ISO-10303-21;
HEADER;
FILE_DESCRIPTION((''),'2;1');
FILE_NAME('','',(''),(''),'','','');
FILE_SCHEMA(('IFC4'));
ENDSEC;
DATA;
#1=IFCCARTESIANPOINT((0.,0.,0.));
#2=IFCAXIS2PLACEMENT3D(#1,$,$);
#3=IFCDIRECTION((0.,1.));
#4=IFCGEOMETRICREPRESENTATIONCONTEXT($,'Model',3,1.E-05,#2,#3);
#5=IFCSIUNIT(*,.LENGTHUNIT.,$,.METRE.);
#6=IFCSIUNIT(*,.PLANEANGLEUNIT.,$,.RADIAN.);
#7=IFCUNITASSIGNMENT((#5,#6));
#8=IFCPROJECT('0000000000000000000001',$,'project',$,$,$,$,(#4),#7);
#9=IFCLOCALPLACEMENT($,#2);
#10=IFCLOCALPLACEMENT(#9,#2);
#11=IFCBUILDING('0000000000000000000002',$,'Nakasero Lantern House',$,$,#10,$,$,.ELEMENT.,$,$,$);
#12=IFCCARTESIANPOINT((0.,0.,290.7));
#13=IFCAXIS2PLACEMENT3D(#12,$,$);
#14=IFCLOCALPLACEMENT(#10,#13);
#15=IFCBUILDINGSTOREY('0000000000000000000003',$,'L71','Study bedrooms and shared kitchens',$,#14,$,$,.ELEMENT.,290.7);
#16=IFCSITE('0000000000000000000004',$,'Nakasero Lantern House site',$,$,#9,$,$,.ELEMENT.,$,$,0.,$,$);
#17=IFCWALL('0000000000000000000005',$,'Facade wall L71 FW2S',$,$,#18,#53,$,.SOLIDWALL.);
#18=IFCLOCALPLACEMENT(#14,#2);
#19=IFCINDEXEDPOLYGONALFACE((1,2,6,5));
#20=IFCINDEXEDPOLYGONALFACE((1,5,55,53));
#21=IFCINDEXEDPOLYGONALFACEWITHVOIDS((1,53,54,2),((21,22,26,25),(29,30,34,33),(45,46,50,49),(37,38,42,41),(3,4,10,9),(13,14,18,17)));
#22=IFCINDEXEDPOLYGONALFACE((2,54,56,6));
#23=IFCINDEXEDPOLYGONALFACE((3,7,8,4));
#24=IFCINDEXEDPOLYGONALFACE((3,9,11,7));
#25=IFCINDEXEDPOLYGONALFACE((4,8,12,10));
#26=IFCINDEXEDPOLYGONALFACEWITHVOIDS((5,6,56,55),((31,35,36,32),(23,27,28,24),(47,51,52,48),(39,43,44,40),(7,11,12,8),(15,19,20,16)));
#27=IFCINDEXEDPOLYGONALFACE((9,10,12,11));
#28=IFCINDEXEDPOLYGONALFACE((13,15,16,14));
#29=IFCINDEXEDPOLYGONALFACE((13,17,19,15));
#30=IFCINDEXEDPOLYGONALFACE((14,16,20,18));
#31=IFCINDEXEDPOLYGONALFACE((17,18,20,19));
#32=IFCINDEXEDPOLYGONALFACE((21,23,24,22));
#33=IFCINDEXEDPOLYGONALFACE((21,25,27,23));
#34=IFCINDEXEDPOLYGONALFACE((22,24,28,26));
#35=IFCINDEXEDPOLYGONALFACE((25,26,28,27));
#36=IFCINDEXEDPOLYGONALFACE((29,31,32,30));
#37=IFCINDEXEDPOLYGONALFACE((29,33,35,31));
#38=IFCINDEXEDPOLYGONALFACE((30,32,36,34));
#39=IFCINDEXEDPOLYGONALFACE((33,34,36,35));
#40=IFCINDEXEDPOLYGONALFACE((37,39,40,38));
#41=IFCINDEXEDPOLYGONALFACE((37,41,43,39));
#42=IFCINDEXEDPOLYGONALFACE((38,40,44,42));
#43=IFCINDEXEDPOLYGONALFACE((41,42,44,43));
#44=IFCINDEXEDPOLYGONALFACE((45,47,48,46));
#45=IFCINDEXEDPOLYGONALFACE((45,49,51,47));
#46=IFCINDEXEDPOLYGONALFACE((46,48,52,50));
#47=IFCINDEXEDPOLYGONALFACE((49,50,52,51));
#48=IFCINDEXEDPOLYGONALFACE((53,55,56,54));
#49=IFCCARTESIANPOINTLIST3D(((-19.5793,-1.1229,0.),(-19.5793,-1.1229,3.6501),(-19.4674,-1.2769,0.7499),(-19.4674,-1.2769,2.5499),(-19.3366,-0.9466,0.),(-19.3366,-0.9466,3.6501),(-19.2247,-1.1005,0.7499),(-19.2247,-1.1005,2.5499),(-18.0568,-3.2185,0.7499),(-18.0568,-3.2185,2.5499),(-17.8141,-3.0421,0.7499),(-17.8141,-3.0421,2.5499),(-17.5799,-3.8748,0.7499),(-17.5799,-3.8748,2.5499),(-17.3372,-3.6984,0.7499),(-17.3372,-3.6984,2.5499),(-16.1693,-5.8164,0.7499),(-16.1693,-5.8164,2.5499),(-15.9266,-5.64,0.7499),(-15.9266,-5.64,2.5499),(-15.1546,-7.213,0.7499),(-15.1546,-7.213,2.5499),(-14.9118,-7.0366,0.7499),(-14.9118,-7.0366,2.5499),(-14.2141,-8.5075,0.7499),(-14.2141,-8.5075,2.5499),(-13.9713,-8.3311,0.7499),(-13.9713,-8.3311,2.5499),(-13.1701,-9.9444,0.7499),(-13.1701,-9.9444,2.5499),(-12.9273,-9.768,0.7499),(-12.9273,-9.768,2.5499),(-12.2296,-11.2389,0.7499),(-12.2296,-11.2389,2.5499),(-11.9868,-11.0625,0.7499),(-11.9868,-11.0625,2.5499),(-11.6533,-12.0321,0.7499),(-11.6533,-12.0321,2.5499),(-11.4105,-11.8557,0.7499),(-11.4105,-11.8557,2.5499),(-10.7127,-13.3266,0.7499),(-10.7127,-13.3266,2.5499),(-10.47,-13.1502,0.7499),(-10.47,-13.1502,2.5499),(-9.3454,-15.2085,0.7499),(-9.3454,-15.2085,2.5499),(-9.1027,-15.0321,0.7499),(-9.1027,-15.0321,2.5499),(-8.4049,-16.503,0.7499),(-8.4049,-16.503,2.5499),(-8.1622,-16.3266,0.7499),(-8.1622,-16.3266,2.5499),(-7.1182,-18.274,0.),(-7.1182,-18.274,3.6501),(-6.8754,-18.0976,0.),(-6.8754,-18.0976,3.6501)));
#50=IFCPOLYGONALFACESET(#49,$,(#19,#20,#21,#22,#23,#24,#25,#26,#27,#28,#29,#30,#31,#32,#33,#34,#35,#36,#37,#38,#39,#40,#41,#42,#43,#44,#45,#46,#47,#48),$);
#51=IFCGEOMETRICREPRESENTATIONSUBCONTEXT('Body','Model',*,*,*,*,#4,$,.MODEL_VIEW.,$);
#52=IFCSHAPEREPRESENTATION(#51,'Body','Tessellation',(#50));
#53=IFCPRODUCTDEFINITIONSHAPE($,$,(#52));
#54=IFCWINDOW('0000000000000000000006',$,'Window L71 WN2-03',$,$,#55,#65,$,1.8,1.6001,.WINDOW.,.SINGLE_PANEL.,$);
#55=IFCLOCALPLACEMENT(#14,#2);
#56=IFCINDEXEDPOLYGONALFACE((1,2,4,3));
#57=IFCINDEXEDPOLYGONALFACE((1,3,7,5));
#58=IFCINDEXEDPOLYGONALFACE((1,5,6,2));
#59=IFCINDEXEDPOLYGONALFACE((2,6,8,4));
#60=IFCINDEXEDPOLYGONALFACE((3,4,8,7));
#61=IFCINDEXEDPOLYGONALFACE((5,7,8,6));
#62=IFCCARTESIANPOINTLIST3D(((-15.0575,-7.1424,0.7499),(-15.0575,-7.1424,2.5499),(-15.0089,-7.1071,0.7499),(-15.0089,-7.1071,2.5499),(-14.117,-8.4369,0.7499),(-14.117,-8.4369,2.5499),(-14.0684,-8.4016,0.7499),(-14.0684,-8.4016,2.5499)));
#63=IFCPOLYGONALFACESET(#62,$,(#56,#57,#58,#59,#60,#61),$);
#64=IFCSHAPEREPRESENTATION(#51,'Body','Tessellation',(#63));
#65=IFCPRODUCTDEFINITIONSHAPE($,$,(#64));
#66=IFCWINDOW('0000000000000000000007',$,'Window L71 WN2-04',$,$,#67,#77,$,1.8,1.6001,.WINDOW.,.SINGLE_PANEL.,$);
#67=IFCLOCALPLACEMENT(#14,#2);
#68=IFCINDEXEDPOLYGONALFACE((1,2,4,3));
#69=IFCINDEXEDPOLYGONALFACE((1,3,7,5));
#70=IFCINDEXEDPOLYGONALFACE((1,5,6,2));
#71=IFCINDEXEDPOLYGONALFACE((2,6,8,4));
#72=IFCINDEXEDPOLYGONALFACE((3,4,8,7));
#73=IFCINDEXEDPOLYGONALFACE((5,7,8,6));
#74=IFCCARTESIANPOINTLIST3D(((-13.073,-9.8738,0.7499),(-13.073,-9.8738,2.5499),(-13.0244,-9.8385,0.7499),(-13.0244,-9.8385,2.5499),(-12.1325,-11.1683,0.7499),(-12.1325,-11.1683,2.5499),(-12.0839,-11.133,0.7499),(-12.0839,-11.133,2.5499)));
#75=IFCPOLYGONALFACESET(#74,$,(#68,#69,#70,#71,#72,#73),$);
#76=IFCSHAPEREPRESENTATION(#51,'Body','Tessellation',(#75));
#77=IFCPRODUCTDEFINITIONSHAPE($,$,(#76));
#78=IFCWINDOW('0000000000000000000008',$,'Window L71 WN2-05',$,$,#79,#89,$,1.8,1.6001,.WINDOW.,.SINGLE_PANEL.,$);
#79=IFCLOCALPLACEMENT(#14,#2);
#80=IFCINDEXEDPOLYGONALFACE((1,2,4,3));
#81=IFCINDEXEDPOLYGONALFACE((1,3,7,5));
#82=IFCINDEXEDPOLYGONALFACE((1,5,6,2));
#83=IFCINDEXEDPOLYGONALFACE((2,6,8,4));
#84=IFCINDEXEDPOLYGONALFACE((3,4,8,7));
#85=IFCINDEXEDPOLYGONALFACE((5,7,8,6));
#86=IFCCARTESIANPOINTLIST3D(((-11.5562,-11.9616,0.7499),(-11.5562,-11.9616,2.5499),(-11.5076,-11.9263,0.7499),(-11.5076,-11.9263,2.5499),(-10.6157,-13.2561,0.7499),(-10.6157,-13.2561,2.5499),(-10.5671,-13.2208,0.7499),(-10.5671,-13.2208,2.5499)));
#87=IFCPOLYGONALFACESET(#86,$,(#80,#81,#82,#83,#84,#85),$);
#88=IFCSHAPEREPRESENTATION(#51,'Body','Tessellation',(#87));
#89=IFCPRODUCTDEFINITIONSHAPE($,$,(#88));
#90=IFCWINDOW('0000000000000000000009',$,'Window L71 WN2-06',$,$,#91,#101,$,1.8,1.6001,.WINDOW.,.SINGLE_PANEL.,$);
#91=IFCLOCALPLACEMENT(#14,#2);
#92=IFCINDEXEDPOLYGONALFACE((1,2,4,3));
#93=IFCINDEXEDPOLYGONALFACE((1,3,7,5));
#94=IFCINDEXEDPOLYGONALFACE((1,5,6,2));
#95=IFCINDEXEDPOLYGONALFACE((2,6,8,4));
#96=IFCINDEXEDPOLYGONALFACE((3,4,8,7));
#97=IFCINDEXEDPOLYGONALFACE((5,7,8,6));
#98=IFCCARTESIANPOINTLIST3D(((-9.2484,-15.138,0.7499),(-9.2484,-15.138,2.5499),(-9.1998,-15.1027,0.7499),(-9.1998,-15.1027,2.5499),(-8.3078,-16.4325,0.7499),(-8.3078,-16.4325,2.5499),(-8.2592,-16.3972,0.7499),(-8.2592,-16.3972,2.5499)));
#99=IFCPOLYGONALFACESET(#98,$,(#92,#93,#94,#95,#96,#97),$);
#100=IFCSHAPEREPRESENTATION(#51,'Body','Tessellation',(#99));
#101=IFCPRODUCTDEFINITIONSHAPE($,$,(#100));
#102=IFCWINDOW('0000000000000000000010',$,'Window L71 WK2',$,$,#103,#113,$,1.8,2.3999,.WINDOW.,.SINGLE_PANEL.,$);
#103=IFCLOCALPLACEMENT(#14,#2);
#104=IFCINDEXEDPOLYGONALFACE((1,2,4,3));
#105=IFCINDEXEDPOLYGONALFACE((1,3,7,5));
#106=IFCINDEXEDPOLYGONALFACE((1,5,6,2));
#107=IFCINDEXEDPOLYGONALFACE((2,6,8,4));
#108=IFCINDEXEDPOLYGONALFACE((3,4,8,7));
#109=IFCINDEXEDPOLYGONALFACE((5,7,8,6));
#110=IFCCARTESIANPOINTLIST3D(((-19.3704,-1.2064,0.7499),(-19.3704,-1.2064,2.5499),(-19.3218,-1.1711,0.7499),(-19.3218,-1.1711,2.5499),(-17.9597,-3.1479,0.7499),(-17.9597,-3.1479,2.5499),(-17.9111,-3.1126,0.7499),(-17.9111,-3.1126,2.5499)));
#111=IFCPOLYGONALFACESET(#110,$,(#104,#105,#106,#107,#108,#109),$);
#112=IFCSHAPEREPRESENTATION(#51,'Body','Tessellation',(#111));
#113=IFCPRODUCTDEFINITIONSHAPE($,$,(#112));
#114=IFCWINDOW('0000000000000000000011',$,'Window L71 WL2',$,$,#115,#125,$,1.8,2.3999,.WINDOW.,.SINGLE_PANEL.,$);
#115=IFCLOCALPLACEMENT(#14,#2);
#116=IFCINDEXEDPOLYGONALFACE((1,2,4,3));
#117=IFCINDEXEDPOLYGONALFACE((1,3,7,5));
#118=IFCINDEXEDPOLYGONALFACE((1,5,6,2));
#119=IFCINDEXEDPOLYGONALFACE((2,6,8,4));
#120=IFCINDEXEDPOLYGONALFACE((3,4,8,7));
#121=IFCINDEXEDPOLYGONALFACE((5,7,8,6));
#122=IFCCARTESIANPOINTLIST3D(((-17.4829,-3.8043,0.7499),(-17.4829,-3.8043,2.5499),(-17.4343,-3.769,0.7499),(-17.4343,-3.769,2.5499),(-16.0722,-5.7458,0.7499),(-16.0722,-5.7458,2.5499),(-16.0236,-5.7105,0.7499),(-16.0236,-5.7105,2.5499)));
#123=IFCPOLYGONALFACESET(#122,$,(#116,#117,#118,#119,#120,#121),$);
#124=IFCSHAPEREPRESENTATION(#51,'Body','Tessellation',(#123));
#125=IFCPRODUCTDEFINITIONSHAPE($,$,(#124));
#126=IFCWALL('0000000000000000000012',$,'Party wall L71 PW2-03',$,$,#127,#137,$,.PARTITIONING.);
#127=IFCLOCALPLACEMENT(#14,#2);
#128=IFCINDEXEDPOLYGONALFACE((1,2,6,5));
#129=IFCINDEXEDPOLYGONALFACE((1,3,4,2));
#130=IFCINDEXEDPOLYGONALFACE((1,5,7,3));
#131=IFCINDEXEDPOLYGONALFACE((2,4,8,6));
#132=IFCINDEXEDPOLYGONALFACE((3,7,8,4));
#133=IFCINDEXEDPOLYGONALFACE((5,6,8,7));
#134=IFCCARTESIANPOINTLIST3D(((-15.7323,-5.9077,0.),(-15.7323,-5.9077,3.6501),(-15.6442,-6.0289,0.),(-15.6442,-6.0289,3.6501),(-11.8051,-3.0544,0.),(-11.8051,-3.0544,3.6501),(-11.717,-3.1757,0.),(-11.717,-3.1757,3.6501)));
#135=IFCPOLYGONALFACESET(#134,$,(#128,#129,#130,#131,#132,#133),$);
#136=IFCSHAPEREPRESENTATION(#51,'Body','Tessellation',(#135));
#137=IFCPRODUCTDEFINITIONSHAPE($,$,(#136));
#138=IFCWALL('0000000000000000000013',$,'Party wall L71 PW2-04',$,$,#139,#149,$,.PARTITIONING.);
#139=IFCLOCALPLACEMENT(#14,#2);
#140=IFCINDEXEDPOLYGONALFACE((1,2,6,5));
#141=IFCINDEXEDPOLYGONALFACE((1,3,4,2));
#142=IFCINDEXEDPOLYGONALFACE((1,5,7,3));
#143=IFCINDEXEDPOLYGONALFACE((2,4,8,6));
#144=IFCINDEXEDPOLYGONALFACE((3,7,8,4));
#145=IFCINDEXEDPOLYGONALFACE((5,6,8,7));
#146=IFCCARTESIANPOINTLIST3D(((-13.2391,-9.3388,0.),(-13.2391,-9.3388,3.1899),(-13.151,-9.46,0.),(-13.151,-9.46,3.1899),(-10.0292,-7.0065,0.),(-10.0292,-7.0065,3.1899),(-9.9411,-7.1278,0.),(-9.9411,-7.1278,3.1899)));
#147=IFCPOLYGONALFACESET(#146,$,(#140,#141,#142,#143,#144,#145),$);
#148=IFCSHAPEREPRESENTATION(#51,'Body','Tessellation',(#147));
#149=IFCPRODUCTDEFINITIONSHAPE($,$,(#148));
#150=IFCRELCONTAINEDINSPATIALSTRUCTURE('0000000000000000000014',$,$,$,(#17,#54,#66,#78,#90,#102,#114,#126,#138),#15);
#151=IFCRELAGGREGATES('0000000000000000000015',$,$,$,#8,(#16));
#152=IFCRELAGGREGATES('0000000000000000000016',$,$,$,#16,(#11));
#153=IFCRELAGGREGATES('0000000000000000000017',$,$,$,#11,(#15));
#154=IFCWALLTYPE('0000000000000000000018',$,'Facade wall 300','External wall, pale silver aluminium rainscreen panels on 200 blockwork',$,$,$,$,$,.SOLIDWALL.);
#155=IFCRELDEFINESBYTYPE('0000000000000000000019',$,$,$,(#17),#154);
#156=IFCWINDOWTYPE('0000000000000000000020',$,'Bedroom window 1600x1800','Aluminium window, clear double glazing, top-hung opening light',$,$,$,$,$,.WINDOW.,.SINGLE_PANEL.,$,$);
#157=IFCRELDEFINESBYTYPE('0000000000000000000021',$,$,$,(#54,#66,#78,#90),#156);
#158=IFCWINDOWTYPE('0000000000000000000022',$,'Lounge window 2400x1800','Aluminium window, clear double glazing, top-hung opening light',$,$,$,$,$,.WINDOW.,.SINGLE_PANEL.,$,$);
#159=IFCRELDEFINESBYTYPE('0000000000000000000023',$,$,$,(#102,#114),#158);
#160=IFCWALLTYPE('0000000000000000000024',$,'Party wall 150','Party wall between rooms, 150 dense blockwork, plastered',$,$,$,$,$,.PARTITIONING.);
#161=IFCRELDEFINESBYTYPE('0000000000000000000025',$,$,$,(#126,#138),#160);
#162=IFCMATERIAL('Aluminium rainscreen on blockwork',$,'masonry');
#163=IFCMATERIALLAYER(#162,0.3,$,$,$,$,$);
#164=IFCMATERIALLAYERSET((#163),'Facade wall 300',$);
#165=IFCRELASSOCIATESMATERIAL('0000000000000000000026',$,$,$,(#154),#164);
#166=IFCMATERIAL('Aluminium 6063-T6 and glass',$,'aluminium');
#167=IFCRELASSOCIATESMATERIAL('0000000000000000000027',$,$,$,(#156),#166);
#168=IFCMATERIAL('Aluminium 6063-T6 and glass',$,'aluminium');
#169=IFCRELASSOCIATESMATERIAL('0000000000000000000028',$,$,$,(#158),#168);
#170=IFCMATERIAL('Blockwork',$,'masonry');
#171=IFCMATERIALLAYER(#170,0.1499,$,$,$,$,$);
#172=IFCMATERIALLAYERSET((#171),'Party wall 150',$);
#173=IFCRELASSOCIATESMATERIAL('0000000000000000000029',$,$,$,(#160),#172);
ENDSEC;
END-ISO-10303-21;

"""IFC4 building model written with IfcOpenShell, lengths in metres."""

from ifc_helpers import new_model, si_unit, direction, frame, frame_2d, origin, place, context, subcontext, project, spatial, rectangle, extrude, material, layer, layer_set, type_object, element, fill, save


model = new_model("IFC4")

# Units and contexts
model_context = context("Model", 3, precision=1e-05, world=origin(), true_north=direction((0.0, 1.0)))
body_context = subcontext(model_context, "Body", "Model", "MODEL_VIEW")
ifc_project = project(units=[si_unit("LENGTHUNIT", "METRE"), si_unit("PLANEANGLEUNIT", "RADIAN")], contexts=[model_context])

# Site, building, storey
site_placement = place(None, origin())
site = spatial("IfcSite", under=ifc_project, at=site_placement, Name="Nakasero Lantern House site", CompositionType="ELEMENT", RefElevation=0.0)
building_placement = place(site_placement, origin())
building = spatial("IfcBuilding", under=site, at=building_placement, Name="Nakasero Lantern House", CompositionType="ELEMENT")
storey_placement = place(building_placement, frame((0.0, 0.0, 290.7)))
storey = spatial("IfcBuildingStorey", under=building, at=storey_placement, Name="L71", Description="Study bedrooms and shared kitchens", CompositionType="ELEMENT", Elevation=290.7)

# Wall, openings, windows
ifc_material_1 = material(Name="Aluminium rainscreen on blockwork", Category="masonry")
ifc_layer_1 = layer(ifc_material_1, 0.3)
ifc_layer_set_1 = layer_set([ifc_layer_1], Name="Facade wall 300")
wall_type_1 = type_object("IfcWallType", Name="Facade wall 300", Description="External wall, pale silver aluminium rainscreen panels on 200 blockwork", PredefinedType="SOLIDWALL", material=ifc_layer_set_1)
wall_1_placement = place(storey_placement, frame((-19.458, -1.0347, 0.0), z_axis=(0.0, 0.0, 1.0), x_axis=(0.58779, -0.809013, 0.0)))
wall_1 = element("IfcWall", 1, at=wall_1_placement, inside=storey, type_object=wall_type_1, Name="Facade wall L71 FW2S", PredefinedType="SOLIDWALL", context=body_context, shape_type="SweptSolid", body=[
    extrude(rectangle(XDim=21.2, YDim=0.3, at=frame_2d((10.6001, 0.0))), origin(), (0.0, 0.0, 1.0), 3.6501),
])
opening_1_placement = place(wall_1_placement, frame((7.5278, 0.0, 0.75)))
opening_1 = element("IfcOpeningElement", 2, at=opening_1_placement, cuts=wall_1, PredefinedType="OPENING", context=body_context, shape_type="SweptSolid", body=[
    extrude(rectangle(XDim=1.6001, YDim=1.8, at=frame_2d((0.8, 0.8999))), frame((0.0, 0.1699, 0.0), z_axis=(0.0, -1.0, 0.0), x_axis=(1.0, 0.0, 0.0)), (0.0, 0.0, 1.0), 0.3401),
])
opening_2_placement = place(wall_1_placement, frame((10.9041, 0.0, 0.75)))
opening_2 = element("IfcOpeningElement", 3, at=opening_2_placement, cuts=wall_1, PredefinedType="OPENING", context=body_context, shape_type="SweptSolid", body=[
    extrude(rectangle(XDim=1.6001, YDim=1.8, at=frame_2d((0.8, 0.8999))), frame((0.0, 0.1699, 0.0), z_axis=(0.0, -1.0, 0.0), x_axis=(1.0, 0.0, 0.0)), (0.0, 0.0, 1.0), 0.3401),
])
opening_3_placement = place(wall_1_placement, frame((13.4846, 0.0, 0.75)))
opening_3 = element("IfcOpeningElement", 4, at=opening_3_placement, cuts=wall_1, PredefinedType="OPENING", context=body_context, shape_type="SweptSolid", body=[
    extrude(rectangle(XDim=1.6001, YDim=1.8, at=frame_2d((0.8, 0.8999))), frame((0.0, 0.1699, 0.0), z_axis=(0.0, -1.0, 0.0), x_axis=(1.0, 0.0, 0.0)), (0.0, 0.0, 1.0), 0.3401),
])
opening_4_placement = place(wall_1_placement, frame((17.4109, 0.0, 0.75)))
opening_4 = element("IfcOpeningElement", 5, at=opening_4_placement, cuts=wall_1, PredefinedType="OPENING", context=body_context, shape_type="SweptSolid", body=[
    extrude(rectangle(XDim=1.6001, YDim=1.8, at=frame_2d((0.8, 0.8999))), frame((0.0, 0.1699, 0.0), z_axis=(0.0, -1.0, 0.0), x_axis=(1.0, 0.0, 0.0)), (0.0, 0.0, 1.0), 0.3401),
])
opening_5_placement = place(wall_1_placement, frame((0.1904, 0.0, 0.75)))
opening_5 = element("IfcOpeningElement", 6, at=opening_5_placement, cuts=wall_1, PredefinedType="OPENING", context=body_context, shape_type="SweptSolid", body=[
    extrude(rectangle(XDim=2.3999, YDim=1.8, at=frame_2d((1.2, 0.8999))), frame((0.0, 0.1699, 0.0), z_axis=(0.0, -1.0, 0.0), x_axis=(1.0, 0.0, 0.0)), (0.0, 0.0, 1.0), 0.3401),
])
opening_6_placement = place(wall_1_placement, frame((3.4016, 0.0, 0.75)))
opening_6 = element("IfcOpeningElement", 7, at=opening_6_placement, cuts=wall_1, PredefinedType="OPENING", context=body_context, shape_type="SweptSolid", body=[
    extrude(rectangle(XDim=2.3999, YDim=1.8, at=frame_2d((1.2, 0.8999))), frame((0.0, 0.1699, 0.0), z_axis=(0.0, -1.0, 0.0), x_axis=(1.0, 0.0, 0.0)), (0.0, 0.0, 1.0), 0.3401),
])
ifc_material_2 = material(Name="Aluminium 6063-T6 and glass", Category="aluminium")
window_type_1 = type_object("IfcWindowType", Name="Bedroom window 1600x1800", Description="Aluminium window, clear double glazing, top-hung opening light", PartitioningType="SINGLE_PANEL", PredefinedType="WINDOW", material=ifc_material_2)
window_1_placement = place(opening_1_placement, origin())
window_1 = element("IfcWindow", 8, at=window_1_placement, inside=storey, type_object=window_type_1, Name="Window L71 WN2-03", OverallHeight=1.8, OverallWidth=1.6001, PartitioningType="SINGLE_PANEL", PredefinedType="WINDOW", context=body_context, shape_type="SweptSolid", body=[
    extrude(rectangle(XDim=1.6001, YDim=1.8, at=frame_2d((0.8, 0.8999))), frame((0.0, 0.03, 0.0), z_axis=(0.0, -1.0, 0.0), x_axis=(1.0, 0.0, 0.0)), (0.0, 0.0, 1.0), 0.0601),
])
fill(opening_1, window_1)
window_2_placement = place(opening_2_placement, origin())
window_2 = element("IfcWindow", 9, at=window_2_placement, inside=storey, type_object=window_type_1, Name="Window L71 WN2-04", OverallHeight=1.8, OverallWidth=1.6001, PartitioningType="SINGLE_PANEL", PredefinedType="WINDOW", context=body_context, shape_type="SweptSolid", body=[
    extrude(rectangle(XDim=1.6001, YDim=1.8, at=frame_2d((0.8, 0.8999))), frame((0.0, 0.03, 0.0), z_axis=(0.0, -1.0, 0.0), x_axis=(1.0, 0.0, 0.0)), (0.0, 0.0, 1.0), 0.0601),
])
fill(opening_2, window_2)
window_3_placement = place(opening_3_placement, origin())
window_3 = element("IfcWindow", 10, at=window_3_placement, inside=storey, type_object=window_type_1, Name="Window L71 WN2-05", OverallHeight=1.8, OverallWidth=1.6001, PartitioningType="SINGLE_PANEL", PredefinedType="WINDOW", context=body_context, shape_type="SweptSolid", body=[
    extrude(rectangle(XDim=1.6001, YDim=1.8, at=frame_2d((0.8, 0.8999))), frame((0.0, 0.03, 0.0), z_axis=(0.0, -1.0, 0.0), x_axis=(1.0, 0.0, 0.0)), (0.0, 0.0, 1.0), 0.0601),
])
fill(opening_3, window_3)
window_4_placement = place(opening_4_placement, origin())
window_4 = element("IfcWindow", 11, at=window_4_placement, inside=storey, type_object=window_type_1, Name="Window L71 WN2-06", OverallHeight=1.8, OverallWidth=1.6001, PartitioningType="SINGLE_PANEL", PredefinedType="WINDOW", context=body_context, shape_type="SweptSolid", body=[
    extrude(rectangle(XDim=1.6001, YDim=1.8, at=frame_2d((0.8, 0.8999))), frame((0.0, 0.03, 0.0), z_axis=(0.0, -1.0, 0.0), x_axis=(1.0, 0.0, 0.0)), (0.0, 0.0, 1.0), 0.0601),
])
fill(opening_4, window_4)
ifc_material_3 = material(Name="Aluminium 6063-T6 and glass", Category="aluminium")
window_type_2 = type_object("IfcWindowType", Name="Lounge window 2400x1800", Description="Aluminium window, clear double glazing, top-hung opening light", PartitioningType="SINGLE_PANEL", PredefinedType="WINDOW", material=ifc_material_3)
window_5_placement = place(opening_5_placement, origin())
window_5 = element("IfcWindow", 12, at=window_5_placement, inside=storey, type_object=window_type_2, Name="Window L71 WK2", OverallHeight=1.8, OverallWidth=2.3999, PartitioningType="SINGLE_PANEL", PredefinedType="WINDOW", context=body_context, shape_type="SweptSolid", body=[
    extrude(rectangle(XDim=2.3999, YDim=1.8, at=frame_2d((1.2, 0.8999))), frame((0.0, 0.03, 0.0), z_axis=(0.0, -1.0, 0.0), x_axis=(1.0, 0.0, 0.0)), (0.0, 0.0, 1.0), 0.0601),
])
fill(opening_5, window_5)
window_6_placement = place(opening_6_placement, origin())
window_6 = element("IfcWindow", 13, at=window_6_placement, inside=storey, type_object=window_type_2, Name="Window L71 WL2", OverallHeight=1.8, OverallWidth=2.3999, PartitioningType="SINGLE_PANEL", PredefinedType="WINDOW", context=body_context, shape_type="SweptSolid", body=[
    extrude(rectangle(XDim=2.3999, YDim=1.8, at=frame_2d((1.2, 0.8999))), frame((0.0, 0.03, 0.0), z_axis=(0.0, -1.0, 0.0), x_axis=(1.0, 0.0, 0.0)), (0.0, 0.0, 1.0), 0.0601),
])
fill(opening_6, window_6)

# Walls
ifc_material_4 = material(Name="Blockwork", Category="masonry")
ifc_layer_2 = layer(ifc_material_4, 0.1499)
ifc_layer_set_2 = layer_set([ifc_layer_2], Name="Party wall 150")
wall_type_2 = type_object("IfcWallType", Name="Party wall 150", Description="Party wall between rooms, 150 dense blockwork, plastered", PredefinedType="PARTITIONING", material=ifc_layer_set_2)
wall_2_placement = place(storey_placement, frame((-11.761, -3.115, 0.0), z_axis=(0.0, 0.0, 1.0), x_axis=(-0.809021, -0.58778, 0.0)))
element("IfcWall", 14, at=wall_2_placement, inside=storey, type_object=wall_type_2, Name="Party wall L71 PW2-03", PredefinedType="PARTITIONING", context=body_context, shape_type="SweptSolid", body=[
    extrude(rectangle(XDim=4.8542, YDim=0.1499, at=frame_2d((2.4272, 0.0))), origin(), (0.0, 0.0, 1.0), 3.6501),
])
wall_3_placement = place(storey_placement, frame((-9.9851, -7.0671, 0.0), z_axis=(0.0, 0.0, 1.0), x_axis=(-0.809005, -0.587802, 0.0)))
element("IfcWall", 15, at=wall_3_placement, inside=storey, type_object=wall_type_2, Name="Party wall L71 PW2-04", PredefinedType="PARTITIONING", context=body_context, shape_type="SweptSolid", body=[
    extrude(rectangle(XDim=3.9678, YDim=0.1499, at=frame_2d((1.9839, 0.0))), origin(), (0.0, 0.0, 1.0), 3.1899),
])

save(model, "model.ifc")
